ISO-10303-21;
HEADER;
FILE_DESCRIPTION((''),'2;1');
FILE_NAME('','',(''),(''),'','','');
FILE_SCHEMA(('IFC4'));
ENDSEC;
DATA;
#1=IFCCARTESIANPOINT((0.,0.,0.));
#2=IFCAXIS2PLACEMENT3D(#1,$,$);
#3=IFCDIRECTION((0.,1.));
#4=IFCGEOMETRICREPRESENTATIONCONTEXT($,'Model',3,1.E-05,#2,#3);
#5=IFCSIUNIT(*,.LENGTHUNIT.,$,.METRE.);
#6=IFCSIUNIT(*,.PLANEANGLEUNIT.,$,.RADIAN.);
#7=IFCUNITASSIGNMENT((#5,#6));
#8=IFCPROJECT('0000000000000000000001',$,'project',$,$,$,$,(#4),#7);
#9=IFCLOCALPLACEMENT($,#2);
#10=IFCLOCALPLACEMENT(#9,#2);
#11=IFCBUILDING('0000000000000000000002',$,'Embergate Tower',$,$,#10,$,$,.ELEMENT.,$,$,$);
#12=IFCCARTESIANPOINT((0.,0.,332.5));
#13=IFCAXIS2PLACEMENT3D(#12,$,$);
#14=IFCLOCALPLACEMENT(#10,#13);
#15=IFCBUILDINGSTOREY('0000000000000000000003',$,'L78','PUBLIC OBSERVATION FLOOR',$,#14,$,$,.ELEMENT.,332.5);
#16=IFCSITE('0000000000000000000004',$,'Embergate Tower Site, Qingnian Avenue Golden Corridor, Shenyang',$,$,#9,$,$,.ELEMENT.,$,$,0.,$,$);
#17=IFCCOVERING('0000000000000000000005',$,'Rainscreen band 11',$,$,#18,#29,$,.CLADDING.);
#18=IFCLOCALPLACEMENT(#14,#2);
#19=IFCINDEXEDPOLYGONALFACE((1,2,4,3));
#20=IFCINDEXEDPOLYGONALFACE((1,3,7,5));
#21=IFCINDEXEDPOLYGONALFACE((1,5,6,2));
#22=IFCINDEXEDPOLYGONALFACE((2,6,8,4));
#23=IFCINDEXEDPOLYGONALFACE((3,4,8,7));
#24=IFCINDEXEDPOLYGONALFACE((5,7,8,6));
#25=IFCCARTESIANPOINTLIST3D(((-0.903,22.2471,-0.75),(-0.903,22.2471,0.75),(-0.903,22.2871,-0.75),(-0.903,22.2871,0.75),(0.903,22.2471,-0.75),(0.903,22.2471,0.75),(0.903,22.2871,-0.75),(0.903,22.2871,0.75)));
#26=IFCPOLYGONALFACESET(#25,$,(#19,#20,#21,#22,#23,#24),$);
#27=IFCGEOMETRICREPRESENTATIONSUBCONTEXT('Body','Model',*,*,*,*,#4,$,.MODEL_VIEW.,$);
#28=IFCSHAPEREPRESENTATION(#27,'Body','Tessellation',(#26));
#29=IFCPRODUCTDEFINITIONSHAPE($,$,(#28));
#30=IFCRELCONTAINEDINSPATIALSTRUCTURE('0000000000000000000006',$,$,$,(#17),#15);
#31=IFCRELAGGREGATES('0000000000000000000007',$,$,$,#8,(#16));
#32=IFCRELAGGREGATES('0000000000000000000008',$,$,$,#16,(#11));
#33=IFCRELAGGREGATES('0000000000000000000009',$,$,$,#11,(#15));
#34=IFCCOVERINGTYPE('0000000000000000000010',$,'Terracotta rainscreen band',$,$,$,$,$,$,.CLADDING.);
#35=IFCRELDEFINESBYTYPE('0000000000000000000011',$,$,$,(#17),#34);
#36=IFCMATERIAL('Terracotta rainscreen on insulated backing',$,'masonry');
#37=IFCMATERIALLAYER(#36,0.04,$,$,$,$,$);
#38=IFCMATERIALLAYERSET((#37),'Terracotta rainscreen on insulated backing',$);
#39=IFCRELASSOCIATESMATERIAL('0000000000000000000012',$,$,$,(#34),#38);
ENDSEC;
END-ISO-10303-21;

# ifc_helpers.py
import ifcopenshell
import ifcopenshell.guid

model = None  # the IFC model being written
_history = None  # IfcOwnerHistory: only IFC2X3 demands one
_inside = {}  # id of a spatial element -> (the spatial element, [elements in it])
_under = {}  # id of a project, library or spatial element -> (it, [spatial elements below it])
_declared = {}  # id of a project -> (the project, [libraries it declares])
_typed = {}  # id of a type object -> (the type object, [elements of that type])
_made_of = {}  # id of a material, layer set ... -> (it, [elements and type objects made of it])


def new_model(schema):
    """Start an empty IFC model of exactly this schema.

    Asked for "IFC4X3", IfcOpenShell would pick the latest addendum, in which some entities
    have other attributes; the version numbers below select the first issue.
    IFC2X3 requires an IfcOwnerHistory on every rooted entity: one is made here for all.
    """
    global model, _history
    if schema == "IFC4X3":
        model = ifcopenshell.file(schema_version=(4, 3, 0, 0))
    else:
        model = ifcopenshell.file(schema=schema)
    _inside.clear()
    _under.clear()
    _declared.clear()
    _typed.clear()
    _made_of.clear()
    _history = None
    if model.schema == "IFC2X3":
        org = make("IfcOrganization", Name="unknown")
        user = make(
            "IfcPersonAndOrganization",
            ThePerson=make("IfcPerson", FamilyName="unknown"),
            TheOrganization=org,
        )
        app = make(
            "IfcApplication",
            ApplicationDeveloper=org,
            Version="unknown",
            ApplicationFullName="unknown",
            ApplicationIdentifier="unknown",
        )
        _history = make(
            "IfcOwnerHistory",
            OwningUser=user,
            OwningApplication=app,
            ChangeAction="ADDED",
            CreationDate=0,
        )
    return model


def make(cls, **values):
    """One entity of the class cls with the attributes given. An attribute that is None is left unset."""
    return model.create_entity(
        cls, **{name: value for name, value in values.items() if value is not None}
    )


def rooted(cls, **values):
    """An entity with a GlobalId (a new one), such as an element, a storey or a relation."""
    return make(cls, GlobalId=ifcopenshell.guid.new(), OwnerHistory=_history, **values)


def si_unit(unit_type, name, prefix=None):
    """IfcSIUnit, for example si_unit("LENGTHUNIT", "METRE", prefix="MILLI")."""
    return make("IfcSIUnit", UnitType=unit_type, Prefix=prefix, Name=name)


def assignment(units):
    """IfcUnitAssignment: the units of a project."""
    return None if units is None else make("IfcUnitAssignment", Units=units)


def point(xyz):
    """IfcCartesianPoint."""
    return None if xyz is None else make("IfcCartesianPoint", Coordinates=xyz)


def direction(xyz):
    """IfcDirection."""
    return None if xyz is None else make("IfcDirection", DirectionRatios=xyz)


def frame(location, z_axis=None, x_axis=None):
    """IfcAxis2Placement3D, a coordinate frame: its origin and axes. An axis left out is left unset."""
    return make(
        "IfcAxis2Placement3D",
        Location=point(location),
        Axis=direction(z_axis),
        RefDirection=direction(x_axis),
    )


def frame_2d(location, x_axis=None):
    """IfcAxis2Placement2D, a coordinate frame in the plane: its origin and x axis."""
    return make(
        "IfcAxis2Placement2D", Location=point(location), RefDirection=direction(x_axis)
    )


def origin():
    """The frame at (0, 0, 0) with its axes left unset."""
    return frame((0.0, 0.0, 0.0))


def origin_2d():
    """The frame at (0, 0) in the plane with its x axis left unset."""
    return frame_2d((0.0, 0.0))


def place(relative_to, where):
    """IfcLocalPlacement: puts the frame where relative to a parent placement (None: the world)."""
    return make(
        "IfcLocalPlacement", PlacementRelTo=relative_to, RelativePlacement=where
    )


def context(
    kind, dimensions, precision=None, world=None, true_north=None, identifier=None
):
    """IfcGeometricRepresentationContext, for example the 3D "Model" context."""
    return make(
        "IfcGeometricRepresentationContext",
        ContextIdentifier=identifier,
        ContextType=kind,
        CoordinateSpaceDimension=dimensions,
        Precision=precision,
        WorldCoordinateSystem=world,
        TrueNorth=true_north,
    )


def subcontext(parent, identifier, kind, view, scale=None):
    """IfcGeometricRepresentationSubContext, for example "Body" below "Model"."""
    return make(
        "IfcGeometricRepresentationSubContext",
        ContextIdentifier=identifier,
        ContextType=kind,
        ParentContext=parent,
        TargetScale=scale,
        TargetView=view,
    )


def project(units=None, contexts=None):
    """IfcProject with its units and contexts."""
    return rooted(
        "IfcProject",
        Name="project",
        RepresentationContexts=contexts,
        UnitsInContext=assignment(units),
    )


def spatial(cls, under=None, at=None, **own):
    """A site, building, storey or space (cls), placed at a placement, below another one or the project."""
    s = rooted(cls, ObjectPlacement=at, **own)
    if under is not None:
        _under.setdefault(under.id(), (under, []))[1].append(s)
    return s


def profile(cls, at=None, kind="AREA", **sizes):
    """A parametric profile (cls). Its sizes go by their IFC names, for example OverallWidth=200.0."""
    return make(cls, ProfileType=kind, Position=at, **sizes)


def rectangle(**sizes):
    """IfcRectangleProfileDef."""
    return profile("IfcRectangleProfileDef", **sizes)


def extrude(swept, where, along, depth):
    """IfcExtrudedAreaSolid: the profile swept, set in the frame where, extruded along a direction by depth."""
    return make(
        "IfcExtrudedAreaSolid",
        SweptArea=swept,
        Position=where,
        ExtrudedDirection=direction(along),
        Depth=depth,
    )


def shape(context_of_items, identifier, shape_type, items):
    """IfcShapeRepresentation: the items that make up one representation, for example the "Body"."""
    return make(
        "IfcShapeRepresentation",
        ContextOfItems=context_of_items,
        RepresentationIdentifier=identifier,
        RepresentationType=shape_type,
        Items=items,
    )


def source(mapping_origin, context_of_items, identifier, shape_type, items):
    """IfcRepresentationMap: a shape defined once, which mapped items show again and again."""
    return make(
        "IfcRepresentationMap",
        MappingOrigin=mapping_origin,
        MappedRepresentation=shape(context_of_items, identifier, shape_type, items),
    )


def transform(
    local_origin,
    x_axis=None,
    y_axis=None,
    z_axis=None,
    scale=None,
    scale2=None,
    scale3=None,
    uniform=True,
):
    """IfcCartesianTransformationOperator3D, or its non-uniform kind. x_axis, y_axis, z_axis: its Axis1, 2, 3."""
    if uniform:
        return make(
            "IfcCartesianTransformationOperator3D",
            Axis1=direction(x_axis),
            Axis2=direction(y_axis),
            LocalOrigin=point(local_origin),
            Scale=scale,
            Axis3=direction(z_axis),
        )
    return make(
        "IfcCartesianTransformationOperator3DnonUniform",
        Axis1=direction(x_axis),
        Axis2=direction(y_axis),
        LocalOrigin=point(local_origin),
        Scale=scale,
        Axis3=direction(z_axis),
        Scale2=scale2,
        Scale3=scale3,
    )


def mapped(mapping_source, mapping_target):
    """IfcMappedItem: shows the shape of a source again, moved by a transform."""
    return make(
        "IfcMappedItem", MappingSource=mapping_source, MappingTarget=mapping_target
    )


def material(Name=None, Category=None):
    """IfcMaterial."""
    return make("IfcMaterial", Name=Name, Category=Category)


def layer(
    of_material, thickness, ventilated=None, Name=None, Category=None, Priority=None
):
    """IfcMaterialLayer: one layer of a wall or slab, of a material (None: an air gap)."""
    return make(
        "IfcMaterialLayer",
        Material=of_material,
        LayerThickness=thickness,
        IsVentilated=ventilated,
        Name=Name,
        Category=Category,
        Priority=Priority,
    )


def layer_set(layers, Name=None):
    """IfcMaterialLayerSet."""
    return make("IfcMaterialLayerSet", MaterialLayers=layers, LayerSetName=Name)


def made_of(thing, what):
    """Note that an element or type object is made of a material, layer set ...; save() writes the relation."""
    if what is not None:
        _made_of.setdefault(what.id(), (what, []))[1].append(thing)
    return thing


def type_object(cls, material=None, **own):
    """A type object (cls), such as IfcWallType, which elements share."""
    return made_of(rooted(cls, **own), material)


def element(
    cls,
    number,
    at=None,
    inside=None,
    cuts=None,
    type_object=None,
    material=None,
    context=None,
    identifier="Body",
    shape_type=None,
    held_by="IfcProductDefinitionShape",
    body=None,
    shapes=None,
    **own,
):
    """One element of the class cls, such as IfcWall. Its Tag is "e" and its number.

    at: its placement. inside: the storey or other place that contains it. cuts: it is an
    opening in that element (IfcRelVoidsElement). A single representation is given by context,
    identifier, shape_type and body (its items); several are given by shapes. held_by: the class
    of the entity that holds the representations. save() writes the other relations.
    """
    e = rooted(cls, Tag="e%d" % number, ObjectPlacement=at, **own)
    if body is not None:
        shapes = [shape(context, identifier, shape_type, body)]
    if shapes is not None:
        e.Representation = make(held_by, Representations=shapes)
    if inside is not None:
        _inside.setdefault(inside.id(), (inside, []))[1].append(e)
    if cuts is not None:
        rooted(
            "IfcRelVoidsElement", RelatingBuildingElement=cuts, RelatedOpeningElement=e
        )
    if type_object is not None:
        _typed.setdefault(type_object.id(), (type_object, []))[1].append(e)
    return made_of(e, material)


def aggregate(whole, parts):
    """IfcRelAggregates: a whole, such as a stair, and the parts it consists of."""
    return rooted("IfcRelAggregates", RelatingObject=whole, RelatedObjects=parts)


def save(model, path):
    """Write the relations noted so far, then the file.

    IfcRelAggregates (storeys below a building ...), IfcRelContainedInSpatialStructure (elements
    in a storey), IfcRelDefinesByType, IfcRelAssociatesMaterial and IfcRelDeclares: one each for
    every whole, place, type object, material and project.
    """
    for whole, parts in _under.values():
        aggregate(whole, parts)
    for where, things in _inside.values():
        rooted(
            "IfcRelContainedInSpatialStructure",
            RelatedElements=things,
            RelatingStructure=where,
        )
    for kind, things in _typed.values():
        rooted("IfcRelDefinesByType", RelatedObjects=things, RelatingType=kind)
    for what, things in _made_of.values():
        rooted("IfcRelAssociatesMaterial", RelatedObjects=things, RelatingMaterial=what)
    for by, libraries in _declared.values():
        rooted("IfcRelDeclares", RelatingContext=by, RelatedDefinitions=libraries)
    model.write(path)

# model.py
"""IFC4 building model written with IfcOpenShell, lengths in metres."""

from ifc_helpers import new_model, si_unit, direction, frame, origin, origin_2d, place, context, subcontext, project, spatial, rectangle, extrude, source, transform, mapped, material, layer, layer_set, type_object, element, save


model = new_model("IFC4")

# Units and contexts
model_context = context("Model", 3, precision=1e-05, world=origin(), true_north=direction((0.0, 1.0)))
body_context = subcontext(model_context, "Body", "Model", "MODEL_VIEW")
ifc_project = project(units=[si_unit("LENGTHUNIT", "METRE"), si_unit("PLANEANGLEUNIT", "RADIAN")], contexts=[model_context])

# Site, building, storey
site_placement = place(None, origin())
site = spatial("IfcSite", under=ifc_project, at=site_placement, Name="Embergate Tower Site, Qingnian Avenue Golden Corridor, Shenyang", CompositionType="ELEMENT", RefElevation=0.0)
building_placement = place(site_placement, origin())
building = spatial("IfcBuilding", under=site, at=building_placement, Name="Embergate Tower", CompositionType="ELEMENT")
storey_placement = place(building_placement, frame((0.0, 0.0, 332.5)))
storey = spatial("IfcBuildingStorey", under=building, at=storey_placement, Name="L78", Description="PUBLIC OBSERVATION FLOOR", CompositionType="ELEMENT", Elevation=332.5)

# Covering
ifc_material_1 = material(Name="Terracotta rainscreen on insulated backing", Category="masonry")
ifc_layer_1 = layer(ifc_material_1, 0.04)
ifc_layer_set_1 = layer_set([ifc_layer_1], Name="Terracotta rainscreen on insulated backing")
covering_type = type_object("IfcCoveringType", Name="Terracotta rainscreen band", PredefinedType="CLADDING", material=ifc_layer_set_1)
shared_shape_1 = source(origin(), body_context, "Body", "SweptSolid", [
    extrude(rectangle(XDim=1.8059, YDim=0.04, at=origin_2d()), origin(), (0.0, 0.0, 1.0), 1.5),
])
covering_1_placement = place(storey_placement, frame((0.0, 22.2671, -0.75), z_axis=(0.0, 0.0, 1.0), x_axis=(-1.0, 0.0, 0.0)))
element("IfcCovering", 1, at=covering_1_placement, inside=storey, type_object=covering_type, Name="Rainscreen band 11", PredefinedType="CLADDING", context=body_context, shape_type="MappedRepresentation", body=[
    mapped(shared_shape_1, transform((0.0, 0.0, 0.0))),
])

save(model, "model.ifc")
